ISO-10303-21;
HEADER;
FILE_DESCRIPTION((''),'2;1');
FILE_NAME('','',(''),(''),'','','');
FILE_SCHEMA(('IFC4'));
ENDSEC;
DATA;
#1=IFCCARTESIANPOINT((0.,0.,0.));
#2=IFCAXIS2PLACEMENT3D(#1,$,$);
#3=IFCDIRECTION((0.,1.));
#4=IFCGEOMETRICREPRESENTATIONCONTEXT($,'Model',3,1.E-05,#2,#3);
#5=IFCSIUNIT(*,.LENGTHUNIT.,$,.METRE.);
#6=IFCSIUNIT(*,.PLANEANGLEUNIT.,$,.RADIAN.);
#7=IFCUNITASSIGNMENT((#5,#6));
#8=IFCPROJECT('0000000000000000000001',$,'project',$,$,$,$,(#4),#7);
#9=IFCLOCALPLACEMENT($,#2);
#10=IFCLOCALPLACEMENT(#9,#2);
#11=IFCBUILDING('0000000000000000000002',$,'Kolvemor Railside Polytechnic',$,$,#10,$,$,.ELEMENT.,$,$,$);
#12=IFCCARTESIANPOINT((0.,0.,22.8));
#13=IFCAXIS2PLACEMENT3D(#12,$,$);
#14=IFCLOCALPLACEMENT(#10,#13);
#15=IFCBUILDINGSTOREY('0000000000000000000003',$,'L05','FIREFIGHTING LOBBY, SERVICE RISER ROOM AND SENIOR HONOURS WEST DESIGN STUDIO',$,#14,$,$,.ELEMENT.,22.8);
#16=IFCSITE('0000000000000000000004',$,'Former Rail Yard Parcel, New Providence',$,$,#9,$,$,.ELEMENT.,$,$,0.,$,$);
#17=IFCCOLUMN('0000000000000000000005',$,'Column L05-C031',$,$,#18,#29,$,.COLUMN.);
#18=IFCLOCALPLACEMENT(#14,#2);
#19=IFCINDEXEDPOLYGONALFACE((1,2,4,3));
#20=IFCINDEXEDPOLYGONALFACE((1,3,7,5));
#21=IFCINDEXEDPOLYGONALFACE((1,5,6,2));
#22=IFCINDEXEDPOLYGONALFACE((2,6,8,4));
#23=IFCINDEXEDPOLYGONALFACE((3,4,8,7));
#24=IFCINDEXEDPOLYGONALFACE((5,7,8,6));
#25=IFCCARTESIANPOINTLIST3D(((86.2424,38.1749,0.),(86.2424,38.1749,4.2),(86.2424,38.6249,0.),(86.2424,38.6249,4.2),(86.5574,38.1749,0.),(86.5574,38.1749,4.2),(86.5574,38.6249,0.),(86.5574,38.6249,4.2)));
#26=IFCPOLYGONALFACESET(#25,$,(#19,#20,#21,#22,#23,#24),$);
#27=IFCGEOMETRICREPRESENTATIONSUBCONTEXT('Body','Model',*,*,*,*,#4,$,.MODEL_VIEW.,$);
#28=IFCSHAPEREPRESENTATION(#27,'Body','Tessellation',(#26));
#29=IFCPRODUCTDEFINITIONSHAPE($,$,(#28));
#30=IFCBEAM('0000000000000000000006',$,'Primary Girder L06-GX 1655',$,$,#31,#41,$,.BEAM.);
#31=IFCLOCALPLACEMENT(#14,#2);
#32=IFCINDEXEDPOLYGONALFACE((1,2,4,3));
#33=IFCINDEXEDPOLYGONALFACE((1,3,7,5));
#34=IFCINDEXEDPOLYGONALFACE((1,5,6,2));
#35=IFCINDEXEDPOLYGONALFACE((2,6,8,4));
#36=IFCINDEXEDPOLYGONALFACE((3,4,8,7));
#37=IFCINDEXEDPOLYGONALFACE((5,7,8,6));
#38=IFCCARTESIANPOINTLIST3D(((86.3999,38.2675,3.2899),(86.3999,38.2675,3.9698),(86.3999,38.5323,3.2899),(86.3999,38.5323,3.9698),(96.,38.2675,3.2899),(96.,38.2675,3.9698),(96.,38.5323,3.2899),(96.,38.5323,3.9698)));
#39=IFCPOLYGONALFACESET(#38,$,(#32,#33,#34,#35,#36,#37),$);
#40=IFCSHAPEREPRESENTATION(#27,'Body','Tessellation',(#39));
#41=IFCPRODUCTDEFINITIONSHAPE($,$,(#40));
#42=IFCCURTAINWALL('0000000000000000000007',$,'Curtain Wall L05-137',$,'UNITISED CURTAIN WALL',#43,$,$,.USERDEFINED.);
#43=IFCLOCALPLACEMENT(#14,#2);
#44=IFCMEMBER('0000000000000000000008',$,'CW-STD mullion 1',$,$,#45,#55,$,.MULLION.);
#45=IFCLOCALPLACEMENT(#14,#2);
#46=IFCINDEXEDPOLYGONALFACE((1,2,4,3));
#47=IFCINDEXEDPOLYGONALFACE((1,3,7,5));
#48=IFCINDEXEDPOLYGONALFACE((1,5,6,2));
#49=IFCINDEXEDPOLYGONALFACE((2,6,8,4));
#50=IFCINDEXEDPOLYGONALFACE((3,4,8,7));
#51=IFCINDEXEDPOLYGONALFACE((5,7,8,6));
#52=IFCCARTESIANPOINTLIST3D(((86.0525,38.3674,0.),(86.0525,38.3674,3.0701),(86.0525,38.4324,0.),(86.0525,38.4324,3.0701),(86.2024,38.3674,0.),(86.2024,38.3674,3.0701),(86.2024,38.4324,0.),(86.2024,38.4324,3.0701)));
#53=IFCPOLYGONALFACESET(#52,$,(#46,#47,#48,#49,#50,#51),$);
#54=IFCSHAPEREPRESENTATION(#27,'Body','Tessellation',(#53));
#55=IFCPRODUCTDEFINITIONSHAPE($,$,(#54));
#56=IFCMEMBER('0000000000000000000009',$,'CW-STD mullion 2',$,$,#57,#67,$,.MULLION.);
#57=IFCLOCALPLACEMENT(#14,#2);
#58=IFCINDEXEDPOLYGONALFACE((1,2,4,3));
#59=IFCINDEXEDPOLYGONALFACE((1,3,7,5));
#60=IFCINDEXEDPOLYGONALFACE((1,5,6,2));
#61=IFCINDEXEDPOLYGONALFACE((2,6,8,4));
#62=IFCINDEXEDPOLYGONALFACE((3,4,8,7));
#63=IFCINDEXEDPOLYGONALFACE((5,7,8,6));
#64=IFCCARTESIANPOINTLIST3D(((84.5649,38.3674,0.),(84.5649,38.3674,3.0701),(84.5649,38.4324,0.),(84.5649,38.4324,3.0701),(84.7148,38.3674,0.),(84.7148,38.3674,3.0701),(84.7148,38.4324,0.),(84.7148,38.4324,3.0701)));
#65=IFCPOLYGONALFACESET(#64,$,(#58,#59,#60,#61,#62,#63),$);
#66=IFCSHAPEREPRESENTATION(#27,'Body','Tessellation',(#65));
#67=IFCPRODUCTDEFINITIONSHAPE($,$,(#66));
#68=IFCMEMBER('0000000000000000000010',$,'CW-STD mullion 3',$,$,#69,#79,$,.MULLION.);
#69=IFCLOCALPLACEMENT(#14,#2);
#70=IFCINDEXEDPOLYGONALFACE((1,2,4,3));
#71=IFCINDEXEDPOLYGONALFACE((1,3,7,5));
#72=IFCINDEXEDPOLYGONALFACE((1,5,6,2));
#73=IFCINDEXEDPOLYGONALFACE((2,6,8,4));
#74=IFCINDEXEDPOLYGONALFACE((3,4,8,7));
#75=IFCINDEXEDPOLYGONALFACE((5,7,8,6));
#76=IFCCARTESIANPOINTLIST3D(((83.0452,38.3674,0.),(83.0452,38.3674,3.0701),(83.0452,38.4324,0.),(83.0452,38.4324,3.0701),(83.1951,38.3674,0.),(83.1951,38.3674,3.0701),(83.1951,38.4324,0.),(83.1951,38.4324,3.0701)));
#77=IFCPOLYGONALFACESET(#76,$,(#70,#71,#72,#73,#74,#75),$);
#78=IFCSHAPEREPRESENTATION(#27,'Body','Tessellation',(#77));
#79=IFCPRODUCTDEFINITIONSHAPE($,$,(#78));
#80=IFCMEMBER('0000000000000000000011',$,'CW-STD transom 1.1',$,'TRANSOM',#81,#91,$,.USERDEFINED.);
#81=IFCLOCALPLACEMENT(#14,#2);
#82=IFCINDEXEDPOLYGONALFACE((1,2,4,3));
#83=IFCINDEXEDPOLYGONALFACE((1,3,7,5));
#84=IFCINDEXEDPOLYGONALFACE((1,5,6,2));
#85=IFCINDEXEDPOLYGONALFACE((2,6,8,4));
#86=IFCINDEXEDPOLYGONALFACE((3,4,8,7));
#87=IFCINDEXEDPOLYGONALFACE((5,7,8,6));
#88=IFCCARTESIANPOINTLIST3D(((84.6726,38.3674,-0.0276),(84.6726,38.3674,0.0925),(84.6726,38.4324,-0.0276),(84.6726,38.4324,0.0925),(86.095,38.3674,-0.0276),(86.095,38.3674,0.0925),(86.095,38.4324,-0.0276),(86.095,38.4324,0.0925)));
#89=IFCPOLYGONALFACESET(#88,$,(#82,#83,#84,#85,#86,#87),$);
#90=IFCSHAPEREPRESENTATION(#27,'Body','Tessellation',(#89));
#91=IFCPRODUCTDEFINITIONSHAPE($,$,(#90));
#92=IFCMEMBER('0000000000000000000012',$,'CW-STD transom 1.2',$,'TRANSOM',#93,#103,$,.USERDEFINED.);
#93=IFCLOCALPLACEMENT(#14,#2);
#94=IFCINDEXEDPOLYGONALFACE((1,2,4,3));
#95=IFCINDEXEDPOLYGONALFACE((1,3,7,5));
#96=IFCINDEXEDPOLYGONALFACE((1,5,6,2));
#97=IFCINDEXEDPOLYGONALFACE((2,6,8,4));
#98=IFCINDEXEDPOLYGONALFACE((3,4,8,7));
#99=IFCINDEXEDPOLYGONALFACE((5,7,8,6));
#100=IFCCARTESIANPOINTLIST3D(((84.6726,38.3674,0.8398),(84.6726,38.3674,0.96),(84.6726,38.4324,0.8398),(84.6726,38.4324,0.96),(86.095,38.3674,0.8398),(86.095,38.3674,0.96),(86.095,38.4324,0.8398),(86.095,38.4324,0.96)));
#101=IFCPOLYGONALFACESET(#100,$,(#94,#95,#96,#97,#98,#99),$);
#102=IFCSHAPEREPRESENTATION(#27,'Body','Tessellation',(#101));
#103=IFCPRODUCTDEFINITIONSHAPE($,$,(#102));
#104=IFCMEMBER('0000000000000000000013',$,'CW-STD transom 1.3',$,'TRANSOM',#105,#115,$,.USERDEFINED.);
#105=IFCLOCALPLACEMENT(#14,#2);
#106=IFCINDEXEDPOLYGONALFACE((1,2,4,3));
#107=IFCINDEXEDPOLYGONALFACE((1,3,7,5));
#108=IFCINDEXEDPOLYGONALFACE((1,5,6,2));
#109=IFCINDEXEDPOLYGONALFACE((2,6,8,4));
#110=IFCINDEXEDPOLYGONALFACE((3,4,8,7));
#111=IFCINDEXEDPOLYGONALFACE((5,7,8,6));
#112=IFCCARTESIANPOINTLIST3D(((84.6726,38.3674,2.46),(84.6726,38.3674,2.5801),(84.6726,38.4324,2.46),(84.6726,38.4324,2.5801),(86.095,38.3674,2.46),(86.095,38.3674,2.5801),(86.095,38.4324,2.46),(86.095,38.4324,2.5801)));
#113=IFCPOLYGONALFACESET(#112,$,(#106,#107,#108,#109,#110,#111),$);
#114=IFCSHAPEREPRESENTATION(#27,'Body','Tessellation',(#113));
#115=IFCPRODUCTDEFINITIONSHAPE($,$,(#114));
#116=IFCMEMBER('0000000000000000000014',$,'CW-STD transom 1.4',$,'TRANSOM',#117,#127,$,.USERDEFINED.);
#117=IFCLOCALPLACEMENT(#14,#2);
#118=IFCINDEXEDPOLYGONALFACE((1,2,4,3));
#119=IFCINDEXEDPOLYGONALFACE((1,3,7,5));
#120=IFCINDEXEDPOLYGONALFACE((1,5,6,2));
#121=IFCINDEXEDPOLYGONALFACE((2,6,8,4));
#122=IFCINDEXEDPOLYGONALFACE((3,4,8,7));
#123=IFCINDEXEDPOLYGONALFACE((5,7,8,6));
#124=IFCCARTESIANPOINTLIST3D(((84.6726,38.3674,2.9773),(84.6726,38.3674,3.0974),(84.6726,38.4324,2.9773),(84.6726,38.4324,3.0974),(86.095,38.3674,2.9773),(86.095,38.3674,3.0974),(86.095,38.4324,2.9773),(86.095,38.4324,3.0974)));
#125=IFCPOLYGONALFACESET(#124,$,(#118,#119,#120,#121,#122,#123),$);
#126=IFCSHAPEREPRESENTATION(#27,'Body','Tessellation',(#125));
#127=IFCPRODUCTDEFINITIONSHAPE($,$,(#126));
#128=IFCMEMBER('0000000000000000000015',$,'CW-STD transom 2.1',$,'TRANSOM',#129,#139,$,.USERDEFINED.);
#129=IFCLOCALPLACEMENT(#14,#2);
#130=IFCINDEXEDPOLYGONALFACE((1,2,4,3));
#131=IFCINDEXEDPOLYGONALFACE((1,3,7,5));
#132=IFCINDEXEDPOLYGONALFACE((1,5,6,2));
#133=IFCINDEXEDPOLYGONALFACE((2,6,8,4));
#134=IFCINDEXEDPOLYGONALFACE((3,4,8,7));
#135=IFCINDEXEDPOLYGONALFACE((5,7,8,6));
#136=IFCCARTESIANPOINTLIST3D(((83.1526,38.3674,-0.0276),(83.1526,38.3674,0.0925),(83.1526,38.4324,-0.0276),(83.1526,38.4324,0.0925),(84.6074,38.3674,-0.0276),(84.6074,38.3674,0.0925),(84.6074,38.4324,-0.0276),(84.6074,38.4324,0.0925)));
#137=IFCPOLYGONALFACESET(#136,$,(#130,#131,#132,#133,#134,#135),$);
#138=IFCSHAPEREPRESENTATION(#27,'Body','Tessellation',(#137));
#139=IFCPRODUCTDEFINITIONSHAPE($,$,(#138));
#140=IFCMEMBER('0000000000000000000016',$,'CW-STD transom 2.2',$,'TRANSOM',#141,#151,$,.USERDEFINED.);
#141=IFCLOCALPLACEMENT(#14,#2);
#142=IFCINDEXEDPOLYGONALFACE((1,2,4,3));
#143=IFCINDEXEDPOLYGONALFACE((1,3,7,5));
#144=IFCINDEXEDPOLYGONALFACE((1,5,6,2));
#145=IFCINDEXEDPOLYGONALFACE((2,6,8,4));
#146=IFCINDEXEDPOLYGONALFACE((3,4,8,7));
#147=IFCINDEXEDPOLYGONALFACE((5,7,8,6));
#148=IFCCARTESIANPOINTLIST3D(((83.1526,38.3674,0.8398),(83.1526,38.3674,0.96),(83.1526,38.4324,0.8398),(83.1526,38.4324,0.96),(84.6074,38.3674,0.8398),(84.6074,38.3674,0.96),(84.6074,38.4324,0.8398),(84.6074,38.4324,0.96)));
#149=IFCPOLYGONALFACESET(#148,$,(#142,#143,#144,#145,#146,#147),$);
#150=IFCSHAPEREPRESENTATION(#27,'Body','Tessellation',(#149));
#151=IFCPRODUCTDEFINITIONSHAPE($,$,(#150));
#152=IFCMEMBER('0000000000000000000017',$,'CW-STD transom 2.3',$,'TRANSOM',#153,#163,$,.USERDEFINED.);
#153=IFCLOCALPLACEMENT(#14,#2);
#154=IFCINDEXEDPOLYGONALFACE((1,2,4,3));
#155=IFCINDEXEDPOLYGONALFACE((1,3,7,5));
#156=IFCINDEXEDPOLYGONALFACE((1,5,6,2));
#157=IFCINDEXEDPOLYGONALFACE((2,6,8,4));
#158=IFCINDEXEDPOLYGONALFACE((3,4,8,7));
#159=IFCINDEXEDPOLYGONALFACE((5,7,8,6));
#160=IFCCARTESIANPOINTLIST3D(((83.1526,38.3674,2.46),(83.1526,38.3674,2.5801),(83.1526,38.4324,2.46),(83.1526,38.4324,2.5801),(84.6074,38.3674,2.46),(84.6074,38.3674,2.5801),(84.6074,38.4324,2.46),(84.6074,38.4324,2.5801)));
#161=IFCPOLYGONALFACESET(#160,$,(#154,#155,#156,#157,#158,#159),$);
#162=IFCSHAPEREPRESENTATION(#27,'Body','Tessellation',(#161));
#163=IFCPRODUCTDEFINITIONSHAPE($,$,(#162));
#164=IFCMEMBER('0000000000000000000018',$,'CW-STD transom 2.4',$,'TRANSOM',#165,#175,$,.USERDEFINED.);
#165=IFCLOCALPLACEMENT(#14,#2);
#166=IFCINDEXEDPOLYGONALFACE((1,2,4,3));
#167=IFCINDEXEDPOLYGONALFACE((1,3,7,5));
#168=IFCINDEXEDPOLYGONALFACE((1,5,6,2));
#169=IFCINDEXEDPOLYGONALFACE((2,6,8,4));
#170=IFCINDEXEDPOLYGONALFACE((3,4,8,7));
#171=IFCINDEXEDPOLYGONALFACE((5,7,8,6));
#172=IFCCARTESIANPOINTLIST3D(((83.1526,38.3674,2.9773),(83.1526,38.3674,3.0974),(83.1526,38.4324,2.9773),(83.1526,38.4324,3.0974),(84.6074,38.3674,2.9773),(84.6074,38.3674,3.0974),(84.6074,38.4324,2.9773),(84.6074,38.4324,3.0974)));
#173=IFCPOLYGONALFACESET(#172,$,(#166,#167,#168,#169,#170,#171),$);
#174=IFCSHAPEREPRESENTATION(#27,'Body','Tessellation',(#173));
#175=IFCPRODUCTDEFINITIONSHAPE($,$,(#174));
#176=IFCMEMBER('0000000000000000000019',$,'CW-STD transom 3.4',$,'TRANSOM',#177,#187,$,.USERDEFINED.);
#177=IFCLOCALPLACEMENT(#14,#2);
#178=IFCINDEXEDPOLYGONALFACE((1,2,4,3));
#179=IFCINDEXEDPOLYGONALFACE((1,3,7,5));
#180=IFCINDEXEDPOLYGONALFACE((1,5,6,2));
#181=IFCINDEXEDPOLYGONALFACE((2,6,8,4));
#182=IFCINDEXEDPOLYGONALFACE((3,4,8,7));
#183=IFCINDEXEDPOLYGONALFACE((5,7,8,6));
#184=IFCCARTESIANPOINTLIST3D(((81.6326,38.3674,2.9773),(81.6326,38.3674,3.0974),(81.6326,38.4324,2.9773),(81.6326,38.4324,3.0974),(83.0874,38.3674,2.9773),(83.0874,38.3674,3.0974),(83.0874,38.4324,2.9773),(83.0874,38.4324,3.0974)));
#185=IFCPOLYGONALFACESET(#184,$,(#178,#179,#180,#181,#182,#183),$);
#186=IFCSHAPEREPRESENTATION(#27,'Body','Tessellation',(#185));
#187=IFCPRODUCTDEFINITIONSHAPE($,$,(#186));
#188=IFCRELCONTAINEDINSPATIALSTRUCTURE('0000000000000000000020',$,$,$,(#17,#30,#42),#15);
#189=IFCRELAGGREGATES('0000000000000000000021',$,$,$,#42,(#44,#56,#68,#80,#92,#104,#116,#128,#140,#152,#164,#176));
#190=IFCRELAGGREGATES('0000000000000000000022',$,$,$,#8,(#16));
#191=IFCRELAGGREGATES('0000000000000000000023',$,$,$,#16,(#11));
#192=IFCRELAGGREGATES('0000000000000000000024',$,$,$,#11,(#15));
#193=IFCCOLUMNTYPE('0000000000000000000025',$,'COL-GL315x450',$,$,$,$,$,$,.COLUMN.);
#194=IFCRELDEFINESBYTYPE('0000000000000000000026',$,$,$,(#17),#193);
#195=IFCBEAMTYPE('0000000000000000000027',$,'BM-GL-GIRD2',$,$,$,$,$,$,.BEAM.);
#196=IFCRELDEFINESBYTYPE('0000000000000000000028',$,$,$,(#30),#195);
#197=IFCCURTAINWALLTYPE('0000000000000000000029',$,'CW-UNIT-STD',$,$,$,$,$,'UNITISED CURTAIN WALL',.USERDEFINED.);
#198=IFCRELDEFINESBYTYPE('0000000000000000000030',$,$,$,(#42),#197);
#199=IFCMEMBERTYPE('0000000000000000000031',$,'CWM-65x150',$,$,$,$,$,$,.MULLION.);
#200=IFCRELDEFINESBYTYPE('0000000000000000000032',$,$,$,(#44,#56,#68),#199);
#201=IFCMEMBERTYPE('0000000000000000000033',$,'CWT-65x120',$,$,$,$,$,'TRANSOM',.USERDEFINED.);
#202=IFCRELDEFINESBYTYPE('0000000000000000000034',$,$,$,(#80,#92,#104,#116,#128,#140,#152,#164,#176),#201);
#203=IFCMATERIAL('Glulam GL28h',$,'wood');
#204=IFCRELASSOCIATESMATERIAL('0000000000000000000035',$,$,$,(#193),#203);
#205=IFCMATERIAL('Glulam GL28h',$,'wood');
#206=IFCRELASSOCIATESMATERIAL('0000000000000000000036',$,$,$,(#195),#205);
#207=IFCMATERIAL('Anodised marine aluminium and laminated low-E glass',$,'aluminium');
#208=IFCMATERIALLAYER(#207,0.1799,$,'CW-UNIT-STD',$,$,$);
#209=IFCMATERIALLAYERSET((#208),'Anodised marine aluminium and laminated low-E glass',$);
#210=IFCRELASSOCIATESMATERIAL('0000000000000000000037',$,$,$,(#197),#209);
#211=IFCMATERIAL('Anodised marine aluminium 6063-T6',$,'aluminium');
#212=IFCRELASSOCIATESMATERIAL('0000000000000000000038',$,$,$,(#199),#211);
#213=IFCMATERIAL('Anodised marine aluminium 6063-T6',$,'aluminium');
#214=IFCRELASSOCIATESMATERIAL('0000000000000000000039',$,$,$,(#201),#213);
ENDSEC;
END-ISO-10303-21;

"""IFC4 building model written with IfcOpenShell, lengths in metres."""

from ifc_helpers import new_model, si_unit, direction, frame, origin, origin_2d, place, context, subcontext, project, spatial, rectangle, extrude, material, layer, layer_set, material_profile, profile_set, type_object, element, aggregate, save


model = new_model("IFC4")

# Units and contexts
model_context = context("Model", 3, precision=1e-05, world=origin(), true_north=direction((0.0, 1.0)))
body_context = subcontext(model_context, "Body", "Model", "MODEL_VIEW")
ifc_project = project(units=[si_unit("LENGTHUNIT", "METRE"), si_unit("PLANEANGLEUNIT", "RADIAN")], contexts=[model_context])

# Site, building, storey
site_placement = place(None, origin())
site = spatial("IfcSite", under=ifc_project, at=site_placement, Name="Former Rail Yard Parcel, New Providence", CompositionType="ELEMENT", RefElevation=0.0)
building_placement = place(site_placement, origin())
building = spatial("IfcBuilding", under=site, at=building_placement, Name="Kolvemor Railside Polytechnic", CompositionType="ELEMENT")
storey_placement = place(building_placement, frame((0.0, 0.0, 22.8)))
storey = spatial("IfcBuildingStorey", under=building, at=storey_placement, Name="L05", Description="FIREFIGHTING LOBBY, SERVICE RISER ROOM AND SENIOR HONOURS WEST DESIGN STUDIO", CompositionType="ELEMENT", Elevation=22.8)

# Column
ifc_material_1 = material(Name="Glulam GL28h", Category="wood")
ifc_material_profile_1 = material_profile(ifc_material_1, rectangle(XDim=0.3149, YDim=0.45, at=origin_2d()), Name="GL315x450")
ifc_profile_set_1 = profile_set([ifc_material_profile_1], Name="Glulam GL28h")
column_type = type_object("IfcColumnType", Name="COL-GL315x450", PredefinedType="COLUMN", material=ifc_profile_set_1)
column_placement = place(storey_placement, frame((86.3999, 38.3999, 0.0), z_axis=(0.0, 0.0, 1.0), x_axis=(1.0, 0.0, 0.0)))
element("IfcColumn", 1, at=column_placement, inside=storey, type_object=column_type, Name="Column L05-C031", PredefinedType="COLUMN", context=body_context, shape_type="SweptSolid", body=[
    extrude(rectangle(XDim=0.3149, YDim=0.45, at=origin_2d()), origin(), (0.0, 0.0, 1.0), 4.2),
])

# Beam
ifc_material_2 = material(Name="Glulam GL28h", Category="wood")
ifc_material_profile_2 = material_profile(ifc_material_2, rectangle(XDim=0.2649, YDim=0.6799, at=origin_2d()), Name="GL265x680")
ifc_profile_set_2 = profile_set([ifc_material_profile_2], Name="Glulam GL28h")
beam_type = type_object("IfcBeamType", Name="BM-GL-GIRD2", PredefinedType="BEAM", material=ifc_profile_set_2)
beam_placement = place(storey_placement, frame((86.3999, 38.3999, 3.6299), z_axis=(1.0, 0.0, 0.0), x_axis=(0.0, 1.0, 0.0)))
element("IfcBeam", 2, at=beam_placement, inside=storey, type_object=beam_type, Name="Primary Girder L06-GX 1655", PredefinedType="BEAM", context=body_context, shape_type="SweptSolid", body=[
    extrude(rectangle(XDim=0.2649, YDim=0.6799, at=origin_2d()), origin(), (0.0, 0.0, 1.0), 9.6001),
])

# Curtain wall, members
ifc_material_3 = material(Name="Anodised marine aluminium and laminated low-E glass", Category="aluminium")
ifc_layer_1 = layer(ifc_material_3, 0.1799, Name="CW-UNIT-STD")
ifc_layer_set_1 = layer_set([ifc_layer_1], Name="Anodised marine aluminium and laminated low-E glass")
curtain_wall_type = type_object("IfcCurtainWallType", Name="CW-UNIT-STD", ElementType="UNITISED CURTAIN WALL", PredefinedType="USERDEFINED", material=ifc_layer_set_1)
curtain_wall_placement = place(storey_placement, origin())
curtain_wall = element("IfcCurtainWall", 3, at=curtain_wall_placement, inside=storey, type_object=curtain_wall_type, Name="Curtain Wall L05-137", ObjectType="UNITISED CURTAIN WALL", PredefinedType="USERDEFINED")
ifc_material_4 = material(Name="Anodised marine aluminium 6063-T6", Category="aluminium")
ifc_material_profile_3 = material_profile(ifc_material_4, rectangle(XDim=0.0649, YDim=0.1499, at=origin_2d()), Name="CW-MUL-65x150")
ifc_profile_set_3 = profile_set([ifc_material_profile_3], Name="Anodised marine aluminium 6063-T6")
member_type_1 = type_object("IfcMemberType", Name="CWM-65x150", PredefinedType="MULLION", material=ifc_profile_set_3)
member_1_placement = place(storey_placement, frame((86.1274, 38.3999, 0.0), z_axis=(0.0, 0.0, 1.0), x_axis=(0.0, -1.0, 0.0)))
member_1 = element("IfcMember", 4, at=member_1_placement, type_object=member_type_1, Name="CW-STD mullion 1", PredefinedType="MULLION", context=body_context, shape_type="SweptSolid", body=[
    extrude(rectangle(XDim=0.0649, YDim=0.1499, at=origin_2d()), origin(), (0.0, 0.0, 1.0), 3.0701),
])
member_2_placement = place(storey_placement, frame((84.6399, 38.3999, 0.0), z_axis=(0.0, 0.0, 1.0), x_axis=(0.0, -1.0, 0.0)))
member_2 = element("IfcMember", 5, at=member_2_placement, type_object=member_type_1, Name="CW-STD mullion 2", PredefinedType="MULLION", context=body_context, shape_type="SweptSolid", body=[
    extrude(rectangle(XDim=0.0649, YDim=0.1499, at=origin_2d()), origin(), (0.0, 0.0, 1.0), 3.0701),
])
member_3_placement = place(storey_placement, frame((83.1201, 38.3999, 0.0), z_axis=(0.0, 0.0, 1.0), x_axis=(0.0, -1.0, 0.0)))
member_3 = element("IfcMember", 6, at=member_3_placement, type_object=member_type_1, Name="CW-STD mullion 3", PredefinedType="MULLION", context=body_context, shape_type="SweptSolid", body=[
    extrude(rectangle(XDim=0.0649, YDim=0.1499, at=origin_2d()), origin(), (0.0, 0.0, 1.0), 3.0701),
])
ifc_material_5 = material(Name="Anodised marine aluminium 6063-T6", Category="aluminium")
ifc_material_profile_4 = material_profile(ifc_material_5, rectangle(XDim=0.0649, YDim=0.1201, at=origin_2d()), Name="CW-TRN-65x120")
ifc_profile_set_4 = profile_set([ifc_material_profile_4], Name="Anodised marine aluminium 6063-T6")
member_type_2 = type_object("IfcMemberType", Name="CWT-65x120", ElementType="TRANSOM", PredefinedType="USERDEFINED", material=ifc_profile_set_4)
member_4_placement = place(storey_placement, frame((86.095, 38.3999, 0.0325), z_axis=(-1.0, 0.0, 0.0), x_axis=(0.0, -1.0, 0.0)))
member_4 = element("IfcMember", 7, at=member_4_placement, type_object=member_type_2, Name="CW-STD transom 1.1", ObjectType="TRANSOM", PredefinedType="USERDEFINED", context=body_context, shape_type="SweptSolid", body=[
    extrude(rectangle(XDim=0.0649, YDim=0.1201, at=origin_2d()), origin(), (0.0, 0.0, 1.0), 1.4224),
])
member_5_placement = place(storey_placement, frame((86.095, 38.3999, 0.8999), z_axis=(-1.0, 0.0, 0.0), x_axis=(0.0, -1.0, 0.0)))
member_5 = element("IfcMember", 8, at=member_5_placement, type_object=member_type_2, Name="CW-STD transom 1.2", ObjectType="TRANSOM", PredefinedType="USERDEFINED", context=body_context, shape_type="SweptSolid", body=[
    extrude(rectangle(XDim=0.0649, YDim=0.1201, at=origin_2d()), origin(), (0.0, 0.0, 1.0), 1.4224),
])
member_6_placement = place(storey_placement, frame((86.095, 38.3999, 2.52), z_axis=(-1.0, 0.0, 0.0), x_axis=(0.0, -1.0, 0.0)))
member_6 = element("IfcMember", 9, at=member_6_placement, type_object=member_type_2, Name="CW-STD transom 1.3", ObjectType="TRANSOM", PredefinedType="USERDEFINED", context=body_context, shape_type="SweptSolid", body=[
    extrude(rectangle(XDim=0.0649, YDim=0.1201, at=origin_2d()), origin(), (0.0, 0.0, 1.0), 1.4224),
])
member_7_placement = place(storey_placement, frame((86.095, 38.3999, 3.0374), z_axis=(-1.0, 0.0, 0.0), x_axis=(0.0, -1.0, 0.0)))
member_7 = element("IfcMember", 10, at=member_7_placement, type_object=member_type_2, Name="CW-STD transom 1.4", ObjectType="TRANSOM", PredefinedType="USERDEFINED", context=body_context, shape_type="SweptSolid", body=[
    extrude(rectangle(XDim=0.0649, YDim=0.1201, at=origin_2d()), origin(), (0.0, 0.0, 1.0), 1.4224),
])
member_8_placement = place(storey_placement, frame((84.6074, 38.3999, 0.0325), z_axis=(-1.0, 0.0, 0.0), x_axis=(0.0, -1.0, 0.0)))
member_8 = element("IfcMember", 11, at=member_8_placement, type_object=member_type_2, Name="CW-STD transom 2.1", ObjectType="TRANSOM", PredefinedType="USERDEFINED", context=body_context, shape_type="SweptSolid", body=[
    extrude(rectangle(XDim=0.0649, YDim=0.1201, at=origin_2d()), origin(), (0.0, 0.0, 1.0), 1.4548),
])
member_9_placement = place(storey_placement, frame((84.6074, 38.3999, 0.8999), z_axis=(-1.0, 0.0, 0.0), x_axis=(0.0, -1.0, 0.0)))
member_9 = element("IfcMember", 12, at=member_9_placement, type_object=member_type_2, Name="CW-STD transom 2.2", ObjectType="TRANSOM", PredefinedType="USERDEFINED", context=body_context, shape_type="SweptSolid", body=[
    extrude(rectangle(XDim=0.0649, YDim=0.1201, at=origin_2d()), origin(), (0.0, 0.0, 1.0), 1.4548),
])
member_10_placement = place(storey_placement, frame((84.6074, 38.3999, 2.52), z_axis=(-1.0, 0.0, 0.0), x_axis=(0.0, -1.0, 0.0)))
member_10 = element("IfcMember", 13, at=member_10_placement, type_object=member_type_2, Name="CW-STD transom 2.3", ObjectType="TRANSOM", PredefinedType="USERDEFINED", context=body_context, shape_type="SweptSolid", body=[
    extrude(rectangle(XDim=0.0649, YDim=0.1201, at=origin_2d()), origin(), (0.0, 0.0, 1.0), 1.4548),
])
member_11_placement = place(storey_placement, frame((84.6074, 38.3999, 3.0374), z_axis=(-1.0, 0.0, 0.0), x_axis=(0.0, -1.0, 0.0)))
member_11 = element("IfcMember", 14, at=member_11_placement, type_object=member_type_2, Name="CW-STD transom 2.4", ObjectType="TRANSOM", PredefinedType="USERDEFINED", context=body_context, shape_type="SweptSolid", body=[
    extrude(rectangle(XDim=0.0649, YDim=0.1201, at=origin_2d()), origin(), (0.0, 0.0, 1.0), 1.4548),
])
member_12_placement = place(storey_placement, frame((83.0874, 38.3999, 3.0374), z_axis=(-1.0, 0.0, 0.0), x_axis=(0.0, -1.0, 0.0)))
member_12 = element("IfcMember", 15, at=member_12_placement, type_object=member_type_2, Name="CW-STD transom 3.4", ObjectType="TRANSOM", PredefinedType="USERDEFINED", context=body_context, shape_type="SweptSolid", body=[
    extrude(rectangle(XDim=0.0649, YDim=0.1201, at=origin_2d()), origin(), (0.0, 0.0, 1.0), 1.4548),
])
aggregate(curtain_wall, [member_1, member_2, member_3, member_4, member_5, member_6, member_7, member_8, member_9, member_10, member_11, member_12])

save(model, "model.ifc")
